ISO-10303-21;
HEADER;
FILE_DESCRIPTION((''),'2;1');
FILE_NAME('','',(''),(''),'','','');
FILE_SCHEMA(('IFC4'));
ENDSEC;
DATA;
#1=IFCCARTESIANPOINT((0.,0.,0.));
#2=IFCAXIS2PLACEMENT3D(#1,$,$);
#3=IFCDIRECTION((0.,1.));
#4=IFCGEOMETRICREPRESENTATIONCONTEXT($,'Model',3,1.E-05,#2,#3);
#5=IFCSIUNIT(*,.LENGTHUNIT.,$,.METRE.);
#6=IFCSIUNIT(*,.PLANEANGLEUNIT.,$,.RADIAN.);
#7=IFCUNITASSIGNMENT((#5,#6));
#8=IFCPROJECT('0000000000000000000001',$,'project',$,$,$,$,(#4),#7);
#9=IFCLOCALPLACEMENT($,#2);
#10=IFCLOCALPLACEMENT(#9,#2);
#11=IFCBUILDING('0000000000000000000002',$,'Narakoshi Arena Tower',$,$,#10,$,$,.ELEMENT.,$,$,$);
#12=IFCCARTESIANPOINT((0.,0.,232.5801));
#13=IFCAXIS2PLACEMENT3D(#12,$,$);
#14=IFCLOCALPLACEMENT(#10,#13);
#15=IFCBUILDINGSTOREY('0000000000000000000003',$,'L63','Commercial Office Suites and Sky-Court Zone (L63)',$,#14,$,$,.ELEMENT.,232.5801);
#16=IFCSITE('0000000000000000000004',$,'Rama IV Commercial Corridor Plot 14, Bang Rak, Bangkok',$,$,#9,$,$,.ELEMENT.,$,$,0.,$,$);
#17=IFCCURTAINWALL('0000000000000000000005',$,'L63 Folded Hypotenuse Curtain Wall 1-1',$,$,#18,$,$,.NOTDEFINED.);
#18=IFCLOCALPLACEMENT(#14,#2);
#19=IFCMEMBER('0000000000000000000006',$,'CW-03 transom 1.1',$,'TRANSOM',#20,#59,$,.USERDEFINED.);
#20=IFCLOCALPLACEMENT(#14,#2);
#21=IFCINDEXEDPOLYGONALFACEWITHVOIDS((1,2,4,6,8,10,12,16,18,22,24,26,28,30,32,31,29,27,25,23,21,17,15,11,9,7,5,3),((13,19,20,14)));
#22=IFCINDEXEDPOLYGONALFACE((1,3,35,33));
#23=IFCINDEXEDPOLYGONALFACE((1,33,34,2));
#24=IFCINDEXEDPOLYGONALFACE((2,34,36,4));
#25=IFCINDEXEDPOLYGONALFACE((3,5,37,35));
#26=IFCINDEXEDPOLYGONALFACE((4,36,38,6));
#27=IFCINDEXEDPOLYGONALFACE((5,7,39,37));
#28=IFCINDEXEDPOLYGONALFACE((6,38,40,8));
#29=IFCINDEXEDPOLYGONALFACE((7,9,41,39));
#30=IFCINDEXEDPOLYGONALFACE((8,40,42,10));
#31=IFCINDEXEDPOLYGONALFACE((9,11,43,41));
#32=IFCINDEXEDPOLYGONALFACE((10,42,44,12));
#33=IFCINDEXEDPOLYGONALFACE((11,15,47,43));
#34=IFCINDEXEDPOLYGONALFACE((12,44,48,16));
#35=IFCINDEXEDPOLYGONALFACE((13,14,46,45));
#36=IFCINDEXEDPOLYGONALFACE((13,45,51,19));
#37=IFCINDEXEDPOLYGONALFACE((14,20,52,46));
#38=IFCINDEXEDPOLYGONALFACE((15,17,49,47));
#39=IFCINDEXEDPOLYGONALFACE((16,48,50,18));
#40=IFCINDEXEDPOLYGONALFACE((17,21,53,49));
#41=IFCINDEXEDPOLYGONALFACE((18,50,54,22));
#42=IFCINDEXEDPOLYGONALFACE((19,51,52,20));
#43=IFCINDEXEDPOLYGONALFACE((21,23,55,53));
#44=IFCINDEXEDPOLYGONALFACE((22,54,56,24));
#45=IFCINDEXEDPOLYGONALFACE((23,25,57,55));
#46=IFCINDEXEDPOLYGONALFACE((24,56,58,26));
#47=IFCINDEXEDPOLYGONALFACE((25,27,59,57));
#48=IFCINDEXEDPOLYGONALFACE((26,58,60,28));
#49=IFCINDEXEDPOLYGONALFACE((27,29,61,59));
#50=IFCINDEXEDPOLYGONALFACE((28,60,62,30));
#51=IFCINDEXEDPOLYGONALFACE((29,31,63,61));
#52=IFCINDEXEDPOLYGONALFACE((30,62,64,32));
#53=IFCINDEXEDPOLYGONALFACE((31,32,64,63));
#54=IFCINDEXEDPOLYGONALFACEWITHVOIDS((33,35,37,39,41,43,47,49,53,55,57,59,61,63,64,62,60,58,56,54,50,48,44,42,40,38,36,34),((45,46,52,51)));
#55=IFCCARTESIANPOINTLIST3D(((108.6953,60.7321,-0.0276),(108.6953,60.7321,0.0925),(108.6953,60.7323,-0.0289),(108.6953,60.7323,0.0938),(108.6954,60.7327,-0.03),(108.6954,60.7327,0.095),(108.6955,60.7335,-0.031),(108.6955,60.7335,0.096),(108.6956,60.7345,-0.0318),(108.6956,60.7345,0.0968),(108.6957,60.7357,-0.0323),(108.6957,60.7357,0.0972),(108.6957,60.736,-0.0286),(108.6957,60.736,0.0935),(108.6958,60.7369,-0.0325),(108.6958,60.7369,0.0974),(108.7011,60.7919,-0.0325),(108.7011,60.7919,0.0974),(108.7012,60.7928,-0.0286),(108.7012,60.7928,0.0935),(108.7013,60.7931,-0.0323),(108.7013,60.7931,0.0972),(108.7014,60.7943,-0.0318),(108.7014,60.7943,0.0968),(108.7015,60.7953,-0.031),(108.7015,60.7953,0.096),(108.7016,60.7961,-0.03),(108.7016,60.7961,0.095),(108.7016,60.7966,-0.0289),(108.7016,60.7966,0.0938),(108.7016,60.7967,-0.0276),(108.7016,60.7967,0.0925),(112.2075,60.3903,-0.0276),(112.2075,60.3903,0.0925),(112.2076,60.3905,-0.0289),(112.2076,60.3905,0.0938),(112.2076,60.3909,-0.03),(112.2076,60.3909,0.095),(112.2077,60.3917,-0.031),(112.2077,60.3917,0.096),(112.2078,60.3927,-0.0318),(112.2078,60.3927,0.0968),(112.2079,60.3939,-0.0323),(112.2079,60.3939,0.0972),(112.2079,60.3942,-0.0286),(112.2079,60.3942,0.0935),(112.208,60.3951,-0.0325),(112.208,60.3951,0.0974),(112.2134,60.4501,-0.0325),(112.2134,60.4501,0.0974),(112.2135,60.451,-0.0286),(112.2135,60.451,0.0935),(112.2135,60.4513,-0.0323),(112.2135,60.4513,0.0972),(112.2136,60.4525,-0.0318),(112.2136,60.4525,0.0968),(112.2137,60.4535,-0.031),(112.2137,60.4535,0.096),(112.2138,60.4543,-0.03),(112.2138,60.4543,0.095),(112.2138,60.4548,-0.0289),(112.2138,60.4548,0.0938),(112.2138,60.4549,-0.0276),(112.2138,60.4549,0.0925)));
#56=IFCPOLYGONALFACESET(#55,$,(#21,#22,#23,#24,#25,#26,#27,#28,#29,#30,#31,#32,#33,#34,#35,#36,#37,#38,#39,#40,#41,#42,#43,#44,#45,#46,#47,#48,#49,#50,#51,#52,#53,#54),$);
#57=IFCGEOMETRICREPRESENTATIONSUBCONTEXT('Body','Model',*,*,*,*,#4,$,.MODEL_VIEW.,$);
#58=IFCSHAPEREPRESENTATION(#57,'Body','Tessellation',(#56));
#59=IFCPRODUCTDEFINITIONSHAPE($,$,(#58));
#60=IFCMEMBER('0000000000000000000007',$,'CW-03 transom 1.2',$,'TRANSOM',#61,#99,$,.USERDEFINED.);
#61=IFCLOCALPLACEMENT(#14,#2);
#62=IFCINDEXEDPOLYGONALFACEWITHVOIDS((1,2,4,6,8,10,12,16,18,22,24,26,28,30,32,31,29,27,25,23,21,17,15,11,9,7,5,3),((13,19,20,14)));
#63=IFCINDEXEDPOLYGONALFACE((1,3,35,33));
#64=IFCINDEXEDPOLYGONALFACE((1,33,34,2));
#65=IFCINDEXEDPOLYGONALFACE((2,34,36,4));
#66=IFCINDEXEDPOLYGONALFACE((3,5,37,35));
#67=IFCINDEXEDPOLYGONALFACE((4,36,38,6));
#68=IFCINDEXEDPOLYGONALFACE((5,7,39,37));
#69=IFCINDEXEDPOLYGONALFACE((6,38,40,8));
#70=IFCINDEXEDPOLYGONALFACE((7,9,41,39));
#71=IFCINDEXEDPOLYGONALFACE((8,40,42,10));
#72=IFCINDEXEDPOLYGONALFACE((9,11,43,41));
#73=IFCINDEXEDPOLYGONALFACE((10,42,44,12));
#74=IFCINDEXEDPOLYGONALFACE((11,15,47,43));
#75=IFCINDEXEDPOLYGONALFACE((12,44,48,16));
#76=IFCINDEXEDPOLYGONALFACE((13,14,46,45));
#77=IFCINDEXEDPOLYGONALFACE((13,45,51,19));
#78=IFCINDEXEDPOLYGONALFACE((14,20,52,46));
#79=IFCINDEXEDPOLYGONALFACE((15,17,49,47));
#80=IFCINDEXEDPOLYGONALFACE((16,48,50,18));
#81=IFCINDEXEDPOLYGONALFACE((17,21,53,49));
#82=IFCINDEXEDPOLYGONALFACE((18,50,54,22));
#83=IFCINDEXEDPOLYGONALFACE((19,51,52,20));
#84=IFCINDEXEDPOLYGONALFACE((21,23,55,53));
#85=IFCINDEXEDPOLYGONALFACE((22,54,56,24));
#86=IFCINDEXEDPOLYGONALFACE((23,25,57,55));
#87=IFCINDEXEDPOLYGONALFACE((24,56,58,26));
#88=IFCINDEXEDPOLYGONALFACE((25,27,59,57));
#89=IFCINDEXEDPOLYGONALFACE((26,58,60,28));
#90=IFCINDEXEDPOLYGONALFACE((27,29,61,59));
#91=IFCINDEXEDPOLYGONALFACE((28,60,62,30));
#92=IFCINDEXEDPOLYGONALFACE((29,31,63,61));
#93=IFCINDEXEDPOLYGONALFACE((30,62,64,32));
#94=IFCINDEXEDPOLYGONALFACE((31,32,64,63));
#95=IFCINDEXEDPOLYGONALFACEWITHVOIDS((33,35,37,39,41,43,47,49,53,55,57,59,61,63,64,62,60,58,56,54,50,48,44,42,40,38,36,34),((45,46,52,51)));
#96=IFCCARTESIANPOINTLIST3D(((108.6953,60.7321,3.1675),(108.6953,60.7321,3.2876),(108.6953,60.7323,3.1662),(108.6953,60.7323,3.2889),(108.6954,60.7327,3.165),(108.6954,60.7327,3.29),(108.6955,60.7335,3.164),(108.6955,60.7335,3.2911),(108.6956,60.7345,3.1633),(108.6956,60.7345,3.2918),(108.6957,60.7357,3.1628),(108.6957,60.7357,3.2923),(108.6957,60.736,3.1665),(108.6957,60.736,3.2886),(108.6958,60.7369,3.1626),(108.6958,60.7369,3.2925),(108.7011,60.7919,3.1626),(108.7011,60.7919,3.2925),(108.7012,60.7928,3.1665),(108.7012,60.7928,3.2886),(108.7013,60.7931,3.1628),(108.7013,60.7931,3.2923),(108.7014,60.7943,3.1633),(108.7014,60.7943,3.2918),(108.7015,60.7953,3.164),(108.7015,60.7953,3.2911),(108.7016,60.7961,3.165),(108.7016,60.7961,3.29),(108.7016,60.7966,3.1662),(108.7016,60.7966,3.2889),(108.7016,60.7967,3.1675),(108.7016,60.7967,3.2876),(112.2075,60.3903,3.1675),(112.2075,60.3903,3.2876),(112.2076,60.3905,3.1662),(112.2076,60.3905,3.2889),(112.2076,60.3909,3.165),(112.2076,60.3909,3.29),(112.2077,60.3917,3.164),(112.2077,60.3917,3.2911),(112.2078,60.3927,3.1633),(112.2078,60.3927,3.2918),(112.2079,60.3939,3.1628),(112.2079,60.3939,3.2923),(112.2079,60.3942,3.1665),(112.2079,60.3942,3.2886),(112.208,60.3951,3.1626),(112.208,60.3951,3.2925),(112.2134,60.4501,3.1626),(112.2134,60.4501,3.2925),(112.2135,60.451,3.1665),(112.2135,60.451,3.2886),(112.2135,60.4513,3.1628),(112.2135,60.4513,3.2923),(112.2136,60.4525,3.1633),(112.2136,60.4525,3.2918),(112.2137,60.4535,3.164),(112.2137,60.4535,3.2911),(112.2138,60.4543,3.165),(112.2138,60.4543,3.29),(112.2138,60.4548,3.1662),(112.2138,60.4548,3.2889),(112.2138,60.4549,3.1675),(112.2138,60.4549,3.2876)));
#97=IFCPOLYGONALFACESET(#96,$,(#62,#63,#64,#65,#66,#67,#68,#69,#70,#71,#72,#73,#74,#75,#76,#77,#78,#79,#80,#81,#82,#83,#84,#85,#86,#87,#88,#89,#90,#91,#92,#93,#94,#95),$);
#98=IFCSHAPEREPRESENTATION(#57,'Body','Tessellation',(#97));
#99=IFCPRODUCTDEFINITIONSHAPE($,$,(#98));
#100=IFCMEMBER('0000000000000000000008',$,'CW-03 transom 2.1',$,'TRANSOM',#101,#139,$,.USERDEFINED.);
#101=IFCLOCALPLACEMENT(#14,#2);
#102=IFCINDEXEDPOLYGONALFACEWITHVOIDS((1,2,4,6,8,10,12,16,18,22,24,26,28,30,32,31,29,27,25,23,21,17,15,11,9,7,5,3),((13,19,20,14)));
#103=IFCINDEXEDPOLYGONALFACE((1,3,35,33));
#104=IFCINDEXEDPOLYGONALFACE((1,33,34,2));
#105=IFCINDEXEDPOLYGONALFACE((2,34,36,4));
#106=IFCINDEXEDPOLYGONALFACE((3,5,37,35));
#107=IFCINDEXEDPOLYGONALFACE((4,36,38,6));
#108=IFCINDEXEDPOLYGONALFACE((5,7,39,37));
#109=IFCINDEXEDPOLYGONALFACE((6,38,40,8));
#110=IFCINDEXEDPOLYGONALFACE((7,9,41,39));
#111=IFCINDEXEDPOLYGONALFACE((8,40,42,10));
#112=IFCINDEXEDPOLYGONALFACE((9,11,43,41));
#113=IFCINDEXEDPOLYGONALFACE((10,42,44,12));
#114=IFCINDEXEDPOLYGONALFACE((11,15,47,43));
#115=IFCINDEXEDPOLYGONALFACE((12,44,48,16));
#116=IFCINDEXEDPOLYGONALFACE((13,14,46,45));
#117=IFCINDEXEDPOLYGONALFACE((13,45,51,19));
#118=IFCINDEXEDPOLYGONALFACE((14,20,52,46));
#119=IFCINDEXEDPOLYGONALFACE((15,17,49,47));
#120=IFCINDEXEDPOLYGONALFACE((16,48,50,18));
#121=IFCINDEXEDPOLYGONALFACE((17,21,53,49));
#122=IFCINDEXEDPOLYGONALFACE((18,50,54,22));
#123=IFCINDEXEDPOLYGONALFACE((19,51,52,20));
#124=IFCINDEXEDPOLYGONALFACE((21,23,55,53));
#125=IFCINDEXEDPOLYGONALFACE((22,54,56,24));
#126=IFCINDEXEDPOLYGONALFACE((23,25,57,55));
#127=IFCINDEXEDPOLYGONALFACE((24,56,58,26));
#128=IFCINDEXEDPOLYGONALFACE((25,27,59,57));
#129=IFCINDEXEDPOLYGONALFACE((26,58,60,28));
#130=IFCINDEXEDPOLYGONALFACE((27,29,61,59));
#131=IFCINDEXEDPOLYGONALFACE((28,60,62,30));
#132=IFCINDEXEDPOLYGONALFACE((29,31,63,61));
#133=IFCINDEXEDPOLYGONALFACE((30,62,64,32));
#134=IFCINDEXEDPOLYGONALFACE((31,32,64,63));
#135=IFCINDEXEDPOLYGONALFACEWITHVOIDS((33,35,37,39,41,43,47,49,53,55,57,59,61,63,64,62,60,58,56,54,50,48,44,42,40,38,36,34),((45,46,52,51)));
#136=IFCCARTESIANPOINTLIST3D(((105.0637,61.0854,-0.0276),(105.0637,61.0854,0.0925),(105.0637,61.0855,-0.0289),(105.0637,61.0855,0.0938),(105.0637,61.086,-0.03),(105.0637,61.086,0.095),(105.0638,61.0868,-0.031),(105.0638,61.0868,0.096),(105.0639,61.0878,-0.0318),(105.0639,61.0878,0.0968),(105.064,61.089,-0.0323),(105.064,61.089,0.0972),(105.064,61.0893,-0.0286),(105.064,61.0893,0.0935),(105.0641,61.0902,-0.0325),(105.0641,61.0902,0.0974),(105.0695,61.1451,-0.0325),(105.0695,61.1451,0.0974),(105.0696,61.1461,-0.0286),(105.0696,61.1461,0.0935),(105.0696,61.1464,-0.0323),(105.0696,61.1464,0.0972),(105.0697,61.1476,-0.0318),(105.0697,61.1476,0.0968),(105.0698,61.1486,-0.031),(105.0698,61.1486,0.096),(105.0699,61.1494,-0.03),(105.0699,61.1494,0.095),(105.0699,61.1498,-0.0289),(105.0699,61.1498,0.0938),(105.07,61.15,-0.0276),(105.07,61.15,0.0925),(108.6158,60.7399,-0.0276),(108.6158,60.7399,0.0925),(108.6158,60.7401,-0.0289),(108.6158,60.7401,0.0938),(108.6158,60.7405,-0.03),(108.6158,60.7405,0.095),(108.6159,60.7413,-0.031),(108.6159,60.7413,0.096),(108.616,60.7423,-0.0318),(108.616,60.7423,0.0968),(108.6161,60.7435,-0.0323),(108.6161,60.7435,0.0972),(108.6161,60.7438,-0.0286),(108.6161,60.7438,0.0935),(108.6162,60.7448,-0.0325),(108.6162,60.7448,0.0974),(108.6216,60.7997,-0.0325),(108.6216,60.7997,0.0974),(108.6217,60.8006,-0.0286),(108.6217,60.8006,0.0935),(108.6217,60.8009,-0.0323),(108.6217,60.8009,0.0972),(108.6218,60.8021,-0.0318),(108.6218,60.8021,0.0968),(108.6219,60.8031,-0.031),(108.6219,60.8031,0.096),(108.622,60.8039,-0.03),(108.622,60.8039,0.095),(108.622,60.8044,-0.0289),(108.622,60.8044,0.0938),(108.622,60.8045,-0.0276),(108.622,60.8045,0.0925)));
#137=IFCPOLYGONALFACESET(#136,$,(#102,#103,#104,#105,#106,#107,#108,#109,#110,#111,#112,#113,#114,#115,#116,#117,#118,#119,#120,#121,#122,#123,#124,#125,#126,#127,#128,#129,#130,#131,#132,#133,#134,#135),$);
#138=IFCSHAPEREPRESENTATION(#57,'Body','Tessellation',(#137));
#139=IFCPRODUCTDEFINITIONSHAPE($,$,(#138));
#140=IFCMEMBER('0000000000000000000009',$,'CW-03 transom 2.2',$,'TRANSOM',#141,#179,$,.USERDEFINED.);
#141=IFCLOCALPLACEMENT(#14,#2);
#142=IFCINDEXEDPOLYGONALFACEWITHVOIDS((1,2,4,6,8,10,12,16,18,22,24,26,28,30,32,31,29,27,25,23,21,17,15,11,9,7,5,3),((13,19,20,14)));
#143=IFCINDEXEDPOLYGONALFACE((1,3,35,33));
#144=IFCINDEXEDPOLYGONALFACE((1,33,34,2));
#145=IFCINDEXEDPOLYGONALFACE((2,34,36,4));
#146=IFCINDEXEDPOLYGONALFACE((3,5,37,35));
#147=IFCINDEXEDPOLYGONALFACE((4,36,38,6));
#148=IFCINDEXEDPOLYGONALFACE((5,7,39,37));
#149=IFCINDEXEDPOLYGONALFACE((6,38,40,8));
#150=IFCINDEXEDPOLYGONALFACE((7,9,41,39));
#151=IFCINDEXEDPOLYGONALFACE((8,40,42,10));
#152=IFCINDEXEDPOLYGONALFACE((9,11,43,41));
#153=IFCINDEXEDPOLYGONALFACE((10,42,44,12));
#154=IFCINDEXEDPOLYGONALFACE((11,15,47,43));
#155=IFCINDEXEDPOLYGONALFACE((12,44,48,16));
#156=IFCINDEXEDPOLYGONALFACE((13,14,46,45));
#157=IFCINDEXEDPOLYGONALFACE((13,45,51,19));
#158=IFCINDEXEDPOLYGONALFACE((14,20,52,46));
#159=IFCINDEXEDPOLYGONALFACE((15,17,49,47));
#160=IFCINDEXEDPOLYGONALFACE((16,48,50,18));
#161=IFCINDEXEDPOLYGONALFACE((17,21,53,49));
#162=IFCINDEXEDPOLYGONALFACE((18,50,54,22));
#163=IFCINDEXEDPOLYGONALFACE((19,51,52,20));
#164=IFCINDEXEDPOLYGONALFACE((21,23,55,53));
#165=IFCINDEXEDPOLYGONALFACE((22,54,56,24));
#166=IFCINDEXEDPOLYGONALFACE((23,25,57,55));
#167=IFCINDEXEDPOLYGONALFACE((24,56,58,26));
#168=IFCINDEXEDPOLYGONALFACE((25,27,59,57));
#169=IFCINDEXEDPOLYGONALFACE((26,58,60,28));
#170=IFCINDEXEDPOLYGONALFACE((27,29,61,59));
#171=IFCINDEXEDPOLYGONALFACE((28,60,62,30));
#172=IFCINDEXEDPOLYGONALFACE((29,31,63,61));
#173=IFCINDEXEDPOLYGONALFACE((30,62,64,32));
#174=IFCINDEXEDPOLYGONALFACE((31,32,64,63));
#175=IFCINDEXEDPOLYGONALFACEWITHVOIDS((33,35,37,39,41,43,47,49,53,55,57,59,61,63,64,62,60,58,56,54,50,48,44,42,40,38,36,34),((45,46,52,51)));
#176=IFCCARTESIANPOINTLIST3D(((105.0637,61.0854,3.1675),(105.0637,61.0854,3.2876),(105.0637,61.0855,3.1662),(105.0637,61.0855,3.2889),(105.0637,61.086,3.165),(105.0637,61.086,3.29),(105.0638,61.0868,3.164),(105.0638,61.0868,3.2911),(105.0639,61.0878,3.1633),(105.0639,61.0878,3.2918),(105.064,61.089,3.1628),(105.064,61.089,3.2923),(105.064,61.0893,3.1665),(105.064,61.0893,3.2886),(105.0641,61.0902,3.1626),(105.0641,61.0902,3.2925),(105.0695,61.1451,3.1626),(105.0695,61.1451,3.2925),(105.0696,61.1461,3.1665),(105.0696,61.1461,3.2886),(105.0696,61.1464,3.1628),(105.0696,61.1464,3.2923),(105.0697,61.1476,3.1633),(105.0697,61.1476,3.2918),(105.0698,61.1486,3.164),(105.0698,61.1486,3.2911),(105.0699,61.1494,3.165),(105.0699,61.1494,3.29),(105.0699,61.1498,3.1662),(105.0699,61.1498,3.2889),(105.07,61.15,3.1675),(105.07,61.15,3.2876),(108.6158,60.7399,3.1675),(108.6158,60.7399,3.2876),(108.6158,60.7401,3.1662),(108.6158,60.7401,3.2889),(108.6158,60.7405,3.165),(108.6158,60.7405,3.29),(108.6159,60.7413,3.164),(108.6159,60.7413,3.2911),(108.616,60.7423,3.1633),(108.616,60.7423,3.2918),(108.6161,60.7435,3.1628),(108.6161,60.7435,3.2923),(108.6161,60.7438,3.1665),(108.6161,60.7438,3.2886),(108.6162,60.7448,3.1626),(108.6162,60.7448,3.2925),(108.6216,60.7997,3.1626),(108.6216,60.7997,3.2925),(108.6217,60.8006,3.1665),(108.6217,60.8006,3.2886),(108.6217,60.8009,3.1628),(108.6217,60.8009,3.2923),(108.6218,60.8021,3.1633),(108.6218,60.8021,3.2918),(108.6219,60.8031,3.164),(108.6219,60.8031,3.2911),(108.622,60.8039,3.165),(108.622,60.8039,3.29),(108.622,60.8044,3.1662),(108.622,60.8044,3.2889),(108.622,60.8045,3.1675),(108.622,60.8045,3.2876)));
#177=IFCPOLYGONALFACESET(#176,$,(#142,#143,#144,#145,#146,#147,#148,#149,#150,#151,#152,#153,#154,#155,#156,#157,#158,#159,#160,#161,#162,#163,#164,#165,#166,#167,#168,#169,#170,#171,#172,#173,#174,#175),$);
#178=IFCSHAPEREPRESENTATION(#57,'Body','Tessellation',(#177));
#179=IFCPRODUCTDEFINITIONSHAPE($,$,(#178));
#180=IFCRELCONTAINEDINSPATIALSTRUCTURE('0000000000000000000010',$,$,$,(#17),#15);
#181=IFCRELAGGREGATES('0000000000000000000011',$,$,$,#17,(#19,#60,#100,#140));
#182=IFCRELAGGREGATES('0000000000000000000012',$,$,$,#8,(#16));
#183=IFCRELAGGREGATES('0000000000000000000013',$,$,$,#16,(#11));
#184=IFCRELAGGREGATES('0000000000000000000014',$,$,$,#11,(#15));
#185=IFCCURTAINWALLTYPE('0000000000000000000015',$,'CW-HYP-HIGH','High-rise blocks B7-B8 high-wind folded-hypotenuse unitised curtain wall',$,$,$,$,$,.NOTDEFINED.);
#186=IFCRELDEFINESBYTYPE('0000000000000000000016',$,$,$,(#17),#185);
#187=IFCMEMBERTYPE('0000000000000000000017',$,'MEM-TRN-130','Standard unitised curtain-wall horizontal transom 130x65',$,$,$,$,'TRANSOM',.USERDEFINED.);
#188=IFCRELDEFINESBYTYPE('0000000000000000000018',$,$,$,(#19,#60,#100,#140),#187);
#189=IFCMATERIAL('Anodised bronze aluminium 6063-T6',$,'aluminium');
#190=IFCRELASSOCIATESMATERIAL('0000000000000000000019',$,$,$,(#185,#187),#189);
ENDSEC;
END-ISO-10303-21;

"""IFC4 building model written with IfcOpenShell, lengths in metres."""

from ifc_helpers import new_model, si_unit, direction, frame, origin, origin_2d, place, context, subcontext, project, spatial, hollow_rectangle, extrude, material, material_profile, profile_set, type_object, element, aggregate, save


model = new_model("IFC4")

# Units and contexts
model_context = context("Model", 3, precision=1e-05, world=origin(), true_north=direction((0.0, 1.0)))
body_context = subcontext(model_context, "Body", "Model", "MODEL_VIEW")
ifc_project = project(units=[si_unit("LENGTHUNIT", "METRE"), si_unit("PLANEANGLEUNIT", "RADIAN")], contexts=[model_context])

# Site, building, storey
site_placement = place(None, origin())
site = spatial("IfcSite", under=ifc_project, at=site_placement, Name="Rama IV Commercial Corridor Plot 14, Bang Rak, Bangkok", CompositionType="ELEMENT", RefElevation=0.0)
building_placement = place(site_placement, origin())
building = spatial("IfcBuilding", under=site, at=building_placement, Name="Narakoshi Arena Tower", CompositionType="ELEMENT")
storey_placement = place(building_placement, frame((0.0, 0.0, 232.5801)))
storey = spatial("IfcBuildingStorey", under=building, at=storey_placement, Name="L63", Description="Commercial Office Suites and Sky-Court Zone (L63)", CompositionType="ELEMENT", Elevation=232.5801)

# Curtain wall, members
ifc_material_1 = material(Name="Anodised bronze aluminium 6063-T6", Category="aluminium")
curtain_wall_type = type_object("IfcCurtainWallType", Name="CW-HYP-HIGH", Description="High-rise blocks B7-B8 high-wind folded-hypotenuse unitised curtain wall", PredefinedType="NOTDEFINED", material=ifc_material_1)
curtain_wall_placement = place(storey_placement, origin())
curtain_wall = element("IfcCurtainWall", 1, at=curtain_wall_placement, inside=storey, type_object=curtain_wall_type, Name="L63 Folded Hypotenuse Curtain Wall 1-1", PredefinedType="NOTDEFINED")
ifc_material_profile_1 = material_profile(ifc_material_1, hollow_rectangle(XDim=0.0649, YDim=0.1299, WallThickness=0.0039, OuterFilletRadius=0.0049, at=origin_2d()), Name="TRN130x65x4")
ifc_profile_set_1 = profile_set([ifc_material_profile_1], Name="Anodised bronze aluminium 6063-T6")
member_type_1 = type_object("IfcMemberType", Name="MEM-TRN-130", Description="Standard unitised curtain-wall horizontal transom 130x65", ElementType="TRANSOM", PredefinedType="USERDEFINED", material=ifc_profile_set_1)
member_1_placement = place(storey_placement, frame((112.2107, 60.4226, 0.0325), z_axis=(-0.995298, 0.096859, 0.0), x_axis=(-0.096859, -0.995298, 0.0)))
member_1 = element("IfcMember", 2, at=member_1_placement, type_object=member_type_1, Name="CW-03 transom 1.1", ObjectType="TRANSOM", PredefinedType="USERDEFINED", context=body_context, shape_type="SweptSolid", body=[
    extrude(hollow_rectangle(XDim=0.0649, YDim=0.1299, WallThickness=0.0039, OuterFilletRadius=0.0049, at=origin_2d()), origin(), (0.0, 0.0, 1.0), 3.5288),
])
member_2_placement = place(storey_placement, frame((112.2107, 60.4226, 3.2275), z_axis=(-0.995298, 0.096859, 0.0), x_axis=(-0.096859, -0.995298, 0.0)))
member_2 = element("IfcMember", 3, at=member_2_placement, type_object=member_type_1, Name="CW-03 transom 1.2", ObjectType="TRANSOM", PredefinedType="USERDEFINED", context=body_context, shape_type="SweptSolid", body=[
    extrude(hollow_rectangle(XDim=0.0649, YDim=0.1299, WallThickness=0.0039, OuterFilletRadius=0.0049, at=origin_2d()), origin(), (0.0, 0.0, 1.0), 3.5288),
])
member_3_placement = place(storey_placement, frame((108.6189, 60.7722, 0.0325), z_axis=(-0.995304, 0.096801, 0.0), x_axis=(-0.096801, -0.995304, 0.0)))
member_3 = element("IfcMember", 4, at=member_3_placement, type_object=member_type_1, Name="CW-03 transom 2.1", ObjectType="TRANSOM", PredefinedType="USERDEFINED", context=body_context, shape_type="SweptSolid", body=[
    extrude(hollow_rectangle(XDim=0.0649, YDim=0.1299, WallThickness=0.0039, OuterFilletRadius=0.0049, at=origin_2d()), origin(), (0.0, 0.0, 1.0), 3.5688),
])
member_4_placement = place(storey_placement, frame((108.6189, 60.7722, 3.2275), z_axis=(-0.995304, 0.096801, 0.0), x_axis=(-0.096801, -0.995304, 0.0)))
member_4 = element("IfcMember", 5, at=member_4_placement, type_object=member_type_1, Name="CW-03 transom 2.2", ObjectType="TRANSOM", PredefinedType="USERDEFINED", context=body_context, shape_type="SweptSolid", body=[
    extrude(hollow_rectangle(XDim=0.0649, YDim=0.1299, WallThickness=0.0039, OuterFilletRadius=0.0049, at=origin_2d()), origin(), (0.0, 0.0, 1.0), 3.5688),
])
aggregate(curtain_wall, [member_1, member_2, member_3, member_4])

save(model, "model.ifc")
